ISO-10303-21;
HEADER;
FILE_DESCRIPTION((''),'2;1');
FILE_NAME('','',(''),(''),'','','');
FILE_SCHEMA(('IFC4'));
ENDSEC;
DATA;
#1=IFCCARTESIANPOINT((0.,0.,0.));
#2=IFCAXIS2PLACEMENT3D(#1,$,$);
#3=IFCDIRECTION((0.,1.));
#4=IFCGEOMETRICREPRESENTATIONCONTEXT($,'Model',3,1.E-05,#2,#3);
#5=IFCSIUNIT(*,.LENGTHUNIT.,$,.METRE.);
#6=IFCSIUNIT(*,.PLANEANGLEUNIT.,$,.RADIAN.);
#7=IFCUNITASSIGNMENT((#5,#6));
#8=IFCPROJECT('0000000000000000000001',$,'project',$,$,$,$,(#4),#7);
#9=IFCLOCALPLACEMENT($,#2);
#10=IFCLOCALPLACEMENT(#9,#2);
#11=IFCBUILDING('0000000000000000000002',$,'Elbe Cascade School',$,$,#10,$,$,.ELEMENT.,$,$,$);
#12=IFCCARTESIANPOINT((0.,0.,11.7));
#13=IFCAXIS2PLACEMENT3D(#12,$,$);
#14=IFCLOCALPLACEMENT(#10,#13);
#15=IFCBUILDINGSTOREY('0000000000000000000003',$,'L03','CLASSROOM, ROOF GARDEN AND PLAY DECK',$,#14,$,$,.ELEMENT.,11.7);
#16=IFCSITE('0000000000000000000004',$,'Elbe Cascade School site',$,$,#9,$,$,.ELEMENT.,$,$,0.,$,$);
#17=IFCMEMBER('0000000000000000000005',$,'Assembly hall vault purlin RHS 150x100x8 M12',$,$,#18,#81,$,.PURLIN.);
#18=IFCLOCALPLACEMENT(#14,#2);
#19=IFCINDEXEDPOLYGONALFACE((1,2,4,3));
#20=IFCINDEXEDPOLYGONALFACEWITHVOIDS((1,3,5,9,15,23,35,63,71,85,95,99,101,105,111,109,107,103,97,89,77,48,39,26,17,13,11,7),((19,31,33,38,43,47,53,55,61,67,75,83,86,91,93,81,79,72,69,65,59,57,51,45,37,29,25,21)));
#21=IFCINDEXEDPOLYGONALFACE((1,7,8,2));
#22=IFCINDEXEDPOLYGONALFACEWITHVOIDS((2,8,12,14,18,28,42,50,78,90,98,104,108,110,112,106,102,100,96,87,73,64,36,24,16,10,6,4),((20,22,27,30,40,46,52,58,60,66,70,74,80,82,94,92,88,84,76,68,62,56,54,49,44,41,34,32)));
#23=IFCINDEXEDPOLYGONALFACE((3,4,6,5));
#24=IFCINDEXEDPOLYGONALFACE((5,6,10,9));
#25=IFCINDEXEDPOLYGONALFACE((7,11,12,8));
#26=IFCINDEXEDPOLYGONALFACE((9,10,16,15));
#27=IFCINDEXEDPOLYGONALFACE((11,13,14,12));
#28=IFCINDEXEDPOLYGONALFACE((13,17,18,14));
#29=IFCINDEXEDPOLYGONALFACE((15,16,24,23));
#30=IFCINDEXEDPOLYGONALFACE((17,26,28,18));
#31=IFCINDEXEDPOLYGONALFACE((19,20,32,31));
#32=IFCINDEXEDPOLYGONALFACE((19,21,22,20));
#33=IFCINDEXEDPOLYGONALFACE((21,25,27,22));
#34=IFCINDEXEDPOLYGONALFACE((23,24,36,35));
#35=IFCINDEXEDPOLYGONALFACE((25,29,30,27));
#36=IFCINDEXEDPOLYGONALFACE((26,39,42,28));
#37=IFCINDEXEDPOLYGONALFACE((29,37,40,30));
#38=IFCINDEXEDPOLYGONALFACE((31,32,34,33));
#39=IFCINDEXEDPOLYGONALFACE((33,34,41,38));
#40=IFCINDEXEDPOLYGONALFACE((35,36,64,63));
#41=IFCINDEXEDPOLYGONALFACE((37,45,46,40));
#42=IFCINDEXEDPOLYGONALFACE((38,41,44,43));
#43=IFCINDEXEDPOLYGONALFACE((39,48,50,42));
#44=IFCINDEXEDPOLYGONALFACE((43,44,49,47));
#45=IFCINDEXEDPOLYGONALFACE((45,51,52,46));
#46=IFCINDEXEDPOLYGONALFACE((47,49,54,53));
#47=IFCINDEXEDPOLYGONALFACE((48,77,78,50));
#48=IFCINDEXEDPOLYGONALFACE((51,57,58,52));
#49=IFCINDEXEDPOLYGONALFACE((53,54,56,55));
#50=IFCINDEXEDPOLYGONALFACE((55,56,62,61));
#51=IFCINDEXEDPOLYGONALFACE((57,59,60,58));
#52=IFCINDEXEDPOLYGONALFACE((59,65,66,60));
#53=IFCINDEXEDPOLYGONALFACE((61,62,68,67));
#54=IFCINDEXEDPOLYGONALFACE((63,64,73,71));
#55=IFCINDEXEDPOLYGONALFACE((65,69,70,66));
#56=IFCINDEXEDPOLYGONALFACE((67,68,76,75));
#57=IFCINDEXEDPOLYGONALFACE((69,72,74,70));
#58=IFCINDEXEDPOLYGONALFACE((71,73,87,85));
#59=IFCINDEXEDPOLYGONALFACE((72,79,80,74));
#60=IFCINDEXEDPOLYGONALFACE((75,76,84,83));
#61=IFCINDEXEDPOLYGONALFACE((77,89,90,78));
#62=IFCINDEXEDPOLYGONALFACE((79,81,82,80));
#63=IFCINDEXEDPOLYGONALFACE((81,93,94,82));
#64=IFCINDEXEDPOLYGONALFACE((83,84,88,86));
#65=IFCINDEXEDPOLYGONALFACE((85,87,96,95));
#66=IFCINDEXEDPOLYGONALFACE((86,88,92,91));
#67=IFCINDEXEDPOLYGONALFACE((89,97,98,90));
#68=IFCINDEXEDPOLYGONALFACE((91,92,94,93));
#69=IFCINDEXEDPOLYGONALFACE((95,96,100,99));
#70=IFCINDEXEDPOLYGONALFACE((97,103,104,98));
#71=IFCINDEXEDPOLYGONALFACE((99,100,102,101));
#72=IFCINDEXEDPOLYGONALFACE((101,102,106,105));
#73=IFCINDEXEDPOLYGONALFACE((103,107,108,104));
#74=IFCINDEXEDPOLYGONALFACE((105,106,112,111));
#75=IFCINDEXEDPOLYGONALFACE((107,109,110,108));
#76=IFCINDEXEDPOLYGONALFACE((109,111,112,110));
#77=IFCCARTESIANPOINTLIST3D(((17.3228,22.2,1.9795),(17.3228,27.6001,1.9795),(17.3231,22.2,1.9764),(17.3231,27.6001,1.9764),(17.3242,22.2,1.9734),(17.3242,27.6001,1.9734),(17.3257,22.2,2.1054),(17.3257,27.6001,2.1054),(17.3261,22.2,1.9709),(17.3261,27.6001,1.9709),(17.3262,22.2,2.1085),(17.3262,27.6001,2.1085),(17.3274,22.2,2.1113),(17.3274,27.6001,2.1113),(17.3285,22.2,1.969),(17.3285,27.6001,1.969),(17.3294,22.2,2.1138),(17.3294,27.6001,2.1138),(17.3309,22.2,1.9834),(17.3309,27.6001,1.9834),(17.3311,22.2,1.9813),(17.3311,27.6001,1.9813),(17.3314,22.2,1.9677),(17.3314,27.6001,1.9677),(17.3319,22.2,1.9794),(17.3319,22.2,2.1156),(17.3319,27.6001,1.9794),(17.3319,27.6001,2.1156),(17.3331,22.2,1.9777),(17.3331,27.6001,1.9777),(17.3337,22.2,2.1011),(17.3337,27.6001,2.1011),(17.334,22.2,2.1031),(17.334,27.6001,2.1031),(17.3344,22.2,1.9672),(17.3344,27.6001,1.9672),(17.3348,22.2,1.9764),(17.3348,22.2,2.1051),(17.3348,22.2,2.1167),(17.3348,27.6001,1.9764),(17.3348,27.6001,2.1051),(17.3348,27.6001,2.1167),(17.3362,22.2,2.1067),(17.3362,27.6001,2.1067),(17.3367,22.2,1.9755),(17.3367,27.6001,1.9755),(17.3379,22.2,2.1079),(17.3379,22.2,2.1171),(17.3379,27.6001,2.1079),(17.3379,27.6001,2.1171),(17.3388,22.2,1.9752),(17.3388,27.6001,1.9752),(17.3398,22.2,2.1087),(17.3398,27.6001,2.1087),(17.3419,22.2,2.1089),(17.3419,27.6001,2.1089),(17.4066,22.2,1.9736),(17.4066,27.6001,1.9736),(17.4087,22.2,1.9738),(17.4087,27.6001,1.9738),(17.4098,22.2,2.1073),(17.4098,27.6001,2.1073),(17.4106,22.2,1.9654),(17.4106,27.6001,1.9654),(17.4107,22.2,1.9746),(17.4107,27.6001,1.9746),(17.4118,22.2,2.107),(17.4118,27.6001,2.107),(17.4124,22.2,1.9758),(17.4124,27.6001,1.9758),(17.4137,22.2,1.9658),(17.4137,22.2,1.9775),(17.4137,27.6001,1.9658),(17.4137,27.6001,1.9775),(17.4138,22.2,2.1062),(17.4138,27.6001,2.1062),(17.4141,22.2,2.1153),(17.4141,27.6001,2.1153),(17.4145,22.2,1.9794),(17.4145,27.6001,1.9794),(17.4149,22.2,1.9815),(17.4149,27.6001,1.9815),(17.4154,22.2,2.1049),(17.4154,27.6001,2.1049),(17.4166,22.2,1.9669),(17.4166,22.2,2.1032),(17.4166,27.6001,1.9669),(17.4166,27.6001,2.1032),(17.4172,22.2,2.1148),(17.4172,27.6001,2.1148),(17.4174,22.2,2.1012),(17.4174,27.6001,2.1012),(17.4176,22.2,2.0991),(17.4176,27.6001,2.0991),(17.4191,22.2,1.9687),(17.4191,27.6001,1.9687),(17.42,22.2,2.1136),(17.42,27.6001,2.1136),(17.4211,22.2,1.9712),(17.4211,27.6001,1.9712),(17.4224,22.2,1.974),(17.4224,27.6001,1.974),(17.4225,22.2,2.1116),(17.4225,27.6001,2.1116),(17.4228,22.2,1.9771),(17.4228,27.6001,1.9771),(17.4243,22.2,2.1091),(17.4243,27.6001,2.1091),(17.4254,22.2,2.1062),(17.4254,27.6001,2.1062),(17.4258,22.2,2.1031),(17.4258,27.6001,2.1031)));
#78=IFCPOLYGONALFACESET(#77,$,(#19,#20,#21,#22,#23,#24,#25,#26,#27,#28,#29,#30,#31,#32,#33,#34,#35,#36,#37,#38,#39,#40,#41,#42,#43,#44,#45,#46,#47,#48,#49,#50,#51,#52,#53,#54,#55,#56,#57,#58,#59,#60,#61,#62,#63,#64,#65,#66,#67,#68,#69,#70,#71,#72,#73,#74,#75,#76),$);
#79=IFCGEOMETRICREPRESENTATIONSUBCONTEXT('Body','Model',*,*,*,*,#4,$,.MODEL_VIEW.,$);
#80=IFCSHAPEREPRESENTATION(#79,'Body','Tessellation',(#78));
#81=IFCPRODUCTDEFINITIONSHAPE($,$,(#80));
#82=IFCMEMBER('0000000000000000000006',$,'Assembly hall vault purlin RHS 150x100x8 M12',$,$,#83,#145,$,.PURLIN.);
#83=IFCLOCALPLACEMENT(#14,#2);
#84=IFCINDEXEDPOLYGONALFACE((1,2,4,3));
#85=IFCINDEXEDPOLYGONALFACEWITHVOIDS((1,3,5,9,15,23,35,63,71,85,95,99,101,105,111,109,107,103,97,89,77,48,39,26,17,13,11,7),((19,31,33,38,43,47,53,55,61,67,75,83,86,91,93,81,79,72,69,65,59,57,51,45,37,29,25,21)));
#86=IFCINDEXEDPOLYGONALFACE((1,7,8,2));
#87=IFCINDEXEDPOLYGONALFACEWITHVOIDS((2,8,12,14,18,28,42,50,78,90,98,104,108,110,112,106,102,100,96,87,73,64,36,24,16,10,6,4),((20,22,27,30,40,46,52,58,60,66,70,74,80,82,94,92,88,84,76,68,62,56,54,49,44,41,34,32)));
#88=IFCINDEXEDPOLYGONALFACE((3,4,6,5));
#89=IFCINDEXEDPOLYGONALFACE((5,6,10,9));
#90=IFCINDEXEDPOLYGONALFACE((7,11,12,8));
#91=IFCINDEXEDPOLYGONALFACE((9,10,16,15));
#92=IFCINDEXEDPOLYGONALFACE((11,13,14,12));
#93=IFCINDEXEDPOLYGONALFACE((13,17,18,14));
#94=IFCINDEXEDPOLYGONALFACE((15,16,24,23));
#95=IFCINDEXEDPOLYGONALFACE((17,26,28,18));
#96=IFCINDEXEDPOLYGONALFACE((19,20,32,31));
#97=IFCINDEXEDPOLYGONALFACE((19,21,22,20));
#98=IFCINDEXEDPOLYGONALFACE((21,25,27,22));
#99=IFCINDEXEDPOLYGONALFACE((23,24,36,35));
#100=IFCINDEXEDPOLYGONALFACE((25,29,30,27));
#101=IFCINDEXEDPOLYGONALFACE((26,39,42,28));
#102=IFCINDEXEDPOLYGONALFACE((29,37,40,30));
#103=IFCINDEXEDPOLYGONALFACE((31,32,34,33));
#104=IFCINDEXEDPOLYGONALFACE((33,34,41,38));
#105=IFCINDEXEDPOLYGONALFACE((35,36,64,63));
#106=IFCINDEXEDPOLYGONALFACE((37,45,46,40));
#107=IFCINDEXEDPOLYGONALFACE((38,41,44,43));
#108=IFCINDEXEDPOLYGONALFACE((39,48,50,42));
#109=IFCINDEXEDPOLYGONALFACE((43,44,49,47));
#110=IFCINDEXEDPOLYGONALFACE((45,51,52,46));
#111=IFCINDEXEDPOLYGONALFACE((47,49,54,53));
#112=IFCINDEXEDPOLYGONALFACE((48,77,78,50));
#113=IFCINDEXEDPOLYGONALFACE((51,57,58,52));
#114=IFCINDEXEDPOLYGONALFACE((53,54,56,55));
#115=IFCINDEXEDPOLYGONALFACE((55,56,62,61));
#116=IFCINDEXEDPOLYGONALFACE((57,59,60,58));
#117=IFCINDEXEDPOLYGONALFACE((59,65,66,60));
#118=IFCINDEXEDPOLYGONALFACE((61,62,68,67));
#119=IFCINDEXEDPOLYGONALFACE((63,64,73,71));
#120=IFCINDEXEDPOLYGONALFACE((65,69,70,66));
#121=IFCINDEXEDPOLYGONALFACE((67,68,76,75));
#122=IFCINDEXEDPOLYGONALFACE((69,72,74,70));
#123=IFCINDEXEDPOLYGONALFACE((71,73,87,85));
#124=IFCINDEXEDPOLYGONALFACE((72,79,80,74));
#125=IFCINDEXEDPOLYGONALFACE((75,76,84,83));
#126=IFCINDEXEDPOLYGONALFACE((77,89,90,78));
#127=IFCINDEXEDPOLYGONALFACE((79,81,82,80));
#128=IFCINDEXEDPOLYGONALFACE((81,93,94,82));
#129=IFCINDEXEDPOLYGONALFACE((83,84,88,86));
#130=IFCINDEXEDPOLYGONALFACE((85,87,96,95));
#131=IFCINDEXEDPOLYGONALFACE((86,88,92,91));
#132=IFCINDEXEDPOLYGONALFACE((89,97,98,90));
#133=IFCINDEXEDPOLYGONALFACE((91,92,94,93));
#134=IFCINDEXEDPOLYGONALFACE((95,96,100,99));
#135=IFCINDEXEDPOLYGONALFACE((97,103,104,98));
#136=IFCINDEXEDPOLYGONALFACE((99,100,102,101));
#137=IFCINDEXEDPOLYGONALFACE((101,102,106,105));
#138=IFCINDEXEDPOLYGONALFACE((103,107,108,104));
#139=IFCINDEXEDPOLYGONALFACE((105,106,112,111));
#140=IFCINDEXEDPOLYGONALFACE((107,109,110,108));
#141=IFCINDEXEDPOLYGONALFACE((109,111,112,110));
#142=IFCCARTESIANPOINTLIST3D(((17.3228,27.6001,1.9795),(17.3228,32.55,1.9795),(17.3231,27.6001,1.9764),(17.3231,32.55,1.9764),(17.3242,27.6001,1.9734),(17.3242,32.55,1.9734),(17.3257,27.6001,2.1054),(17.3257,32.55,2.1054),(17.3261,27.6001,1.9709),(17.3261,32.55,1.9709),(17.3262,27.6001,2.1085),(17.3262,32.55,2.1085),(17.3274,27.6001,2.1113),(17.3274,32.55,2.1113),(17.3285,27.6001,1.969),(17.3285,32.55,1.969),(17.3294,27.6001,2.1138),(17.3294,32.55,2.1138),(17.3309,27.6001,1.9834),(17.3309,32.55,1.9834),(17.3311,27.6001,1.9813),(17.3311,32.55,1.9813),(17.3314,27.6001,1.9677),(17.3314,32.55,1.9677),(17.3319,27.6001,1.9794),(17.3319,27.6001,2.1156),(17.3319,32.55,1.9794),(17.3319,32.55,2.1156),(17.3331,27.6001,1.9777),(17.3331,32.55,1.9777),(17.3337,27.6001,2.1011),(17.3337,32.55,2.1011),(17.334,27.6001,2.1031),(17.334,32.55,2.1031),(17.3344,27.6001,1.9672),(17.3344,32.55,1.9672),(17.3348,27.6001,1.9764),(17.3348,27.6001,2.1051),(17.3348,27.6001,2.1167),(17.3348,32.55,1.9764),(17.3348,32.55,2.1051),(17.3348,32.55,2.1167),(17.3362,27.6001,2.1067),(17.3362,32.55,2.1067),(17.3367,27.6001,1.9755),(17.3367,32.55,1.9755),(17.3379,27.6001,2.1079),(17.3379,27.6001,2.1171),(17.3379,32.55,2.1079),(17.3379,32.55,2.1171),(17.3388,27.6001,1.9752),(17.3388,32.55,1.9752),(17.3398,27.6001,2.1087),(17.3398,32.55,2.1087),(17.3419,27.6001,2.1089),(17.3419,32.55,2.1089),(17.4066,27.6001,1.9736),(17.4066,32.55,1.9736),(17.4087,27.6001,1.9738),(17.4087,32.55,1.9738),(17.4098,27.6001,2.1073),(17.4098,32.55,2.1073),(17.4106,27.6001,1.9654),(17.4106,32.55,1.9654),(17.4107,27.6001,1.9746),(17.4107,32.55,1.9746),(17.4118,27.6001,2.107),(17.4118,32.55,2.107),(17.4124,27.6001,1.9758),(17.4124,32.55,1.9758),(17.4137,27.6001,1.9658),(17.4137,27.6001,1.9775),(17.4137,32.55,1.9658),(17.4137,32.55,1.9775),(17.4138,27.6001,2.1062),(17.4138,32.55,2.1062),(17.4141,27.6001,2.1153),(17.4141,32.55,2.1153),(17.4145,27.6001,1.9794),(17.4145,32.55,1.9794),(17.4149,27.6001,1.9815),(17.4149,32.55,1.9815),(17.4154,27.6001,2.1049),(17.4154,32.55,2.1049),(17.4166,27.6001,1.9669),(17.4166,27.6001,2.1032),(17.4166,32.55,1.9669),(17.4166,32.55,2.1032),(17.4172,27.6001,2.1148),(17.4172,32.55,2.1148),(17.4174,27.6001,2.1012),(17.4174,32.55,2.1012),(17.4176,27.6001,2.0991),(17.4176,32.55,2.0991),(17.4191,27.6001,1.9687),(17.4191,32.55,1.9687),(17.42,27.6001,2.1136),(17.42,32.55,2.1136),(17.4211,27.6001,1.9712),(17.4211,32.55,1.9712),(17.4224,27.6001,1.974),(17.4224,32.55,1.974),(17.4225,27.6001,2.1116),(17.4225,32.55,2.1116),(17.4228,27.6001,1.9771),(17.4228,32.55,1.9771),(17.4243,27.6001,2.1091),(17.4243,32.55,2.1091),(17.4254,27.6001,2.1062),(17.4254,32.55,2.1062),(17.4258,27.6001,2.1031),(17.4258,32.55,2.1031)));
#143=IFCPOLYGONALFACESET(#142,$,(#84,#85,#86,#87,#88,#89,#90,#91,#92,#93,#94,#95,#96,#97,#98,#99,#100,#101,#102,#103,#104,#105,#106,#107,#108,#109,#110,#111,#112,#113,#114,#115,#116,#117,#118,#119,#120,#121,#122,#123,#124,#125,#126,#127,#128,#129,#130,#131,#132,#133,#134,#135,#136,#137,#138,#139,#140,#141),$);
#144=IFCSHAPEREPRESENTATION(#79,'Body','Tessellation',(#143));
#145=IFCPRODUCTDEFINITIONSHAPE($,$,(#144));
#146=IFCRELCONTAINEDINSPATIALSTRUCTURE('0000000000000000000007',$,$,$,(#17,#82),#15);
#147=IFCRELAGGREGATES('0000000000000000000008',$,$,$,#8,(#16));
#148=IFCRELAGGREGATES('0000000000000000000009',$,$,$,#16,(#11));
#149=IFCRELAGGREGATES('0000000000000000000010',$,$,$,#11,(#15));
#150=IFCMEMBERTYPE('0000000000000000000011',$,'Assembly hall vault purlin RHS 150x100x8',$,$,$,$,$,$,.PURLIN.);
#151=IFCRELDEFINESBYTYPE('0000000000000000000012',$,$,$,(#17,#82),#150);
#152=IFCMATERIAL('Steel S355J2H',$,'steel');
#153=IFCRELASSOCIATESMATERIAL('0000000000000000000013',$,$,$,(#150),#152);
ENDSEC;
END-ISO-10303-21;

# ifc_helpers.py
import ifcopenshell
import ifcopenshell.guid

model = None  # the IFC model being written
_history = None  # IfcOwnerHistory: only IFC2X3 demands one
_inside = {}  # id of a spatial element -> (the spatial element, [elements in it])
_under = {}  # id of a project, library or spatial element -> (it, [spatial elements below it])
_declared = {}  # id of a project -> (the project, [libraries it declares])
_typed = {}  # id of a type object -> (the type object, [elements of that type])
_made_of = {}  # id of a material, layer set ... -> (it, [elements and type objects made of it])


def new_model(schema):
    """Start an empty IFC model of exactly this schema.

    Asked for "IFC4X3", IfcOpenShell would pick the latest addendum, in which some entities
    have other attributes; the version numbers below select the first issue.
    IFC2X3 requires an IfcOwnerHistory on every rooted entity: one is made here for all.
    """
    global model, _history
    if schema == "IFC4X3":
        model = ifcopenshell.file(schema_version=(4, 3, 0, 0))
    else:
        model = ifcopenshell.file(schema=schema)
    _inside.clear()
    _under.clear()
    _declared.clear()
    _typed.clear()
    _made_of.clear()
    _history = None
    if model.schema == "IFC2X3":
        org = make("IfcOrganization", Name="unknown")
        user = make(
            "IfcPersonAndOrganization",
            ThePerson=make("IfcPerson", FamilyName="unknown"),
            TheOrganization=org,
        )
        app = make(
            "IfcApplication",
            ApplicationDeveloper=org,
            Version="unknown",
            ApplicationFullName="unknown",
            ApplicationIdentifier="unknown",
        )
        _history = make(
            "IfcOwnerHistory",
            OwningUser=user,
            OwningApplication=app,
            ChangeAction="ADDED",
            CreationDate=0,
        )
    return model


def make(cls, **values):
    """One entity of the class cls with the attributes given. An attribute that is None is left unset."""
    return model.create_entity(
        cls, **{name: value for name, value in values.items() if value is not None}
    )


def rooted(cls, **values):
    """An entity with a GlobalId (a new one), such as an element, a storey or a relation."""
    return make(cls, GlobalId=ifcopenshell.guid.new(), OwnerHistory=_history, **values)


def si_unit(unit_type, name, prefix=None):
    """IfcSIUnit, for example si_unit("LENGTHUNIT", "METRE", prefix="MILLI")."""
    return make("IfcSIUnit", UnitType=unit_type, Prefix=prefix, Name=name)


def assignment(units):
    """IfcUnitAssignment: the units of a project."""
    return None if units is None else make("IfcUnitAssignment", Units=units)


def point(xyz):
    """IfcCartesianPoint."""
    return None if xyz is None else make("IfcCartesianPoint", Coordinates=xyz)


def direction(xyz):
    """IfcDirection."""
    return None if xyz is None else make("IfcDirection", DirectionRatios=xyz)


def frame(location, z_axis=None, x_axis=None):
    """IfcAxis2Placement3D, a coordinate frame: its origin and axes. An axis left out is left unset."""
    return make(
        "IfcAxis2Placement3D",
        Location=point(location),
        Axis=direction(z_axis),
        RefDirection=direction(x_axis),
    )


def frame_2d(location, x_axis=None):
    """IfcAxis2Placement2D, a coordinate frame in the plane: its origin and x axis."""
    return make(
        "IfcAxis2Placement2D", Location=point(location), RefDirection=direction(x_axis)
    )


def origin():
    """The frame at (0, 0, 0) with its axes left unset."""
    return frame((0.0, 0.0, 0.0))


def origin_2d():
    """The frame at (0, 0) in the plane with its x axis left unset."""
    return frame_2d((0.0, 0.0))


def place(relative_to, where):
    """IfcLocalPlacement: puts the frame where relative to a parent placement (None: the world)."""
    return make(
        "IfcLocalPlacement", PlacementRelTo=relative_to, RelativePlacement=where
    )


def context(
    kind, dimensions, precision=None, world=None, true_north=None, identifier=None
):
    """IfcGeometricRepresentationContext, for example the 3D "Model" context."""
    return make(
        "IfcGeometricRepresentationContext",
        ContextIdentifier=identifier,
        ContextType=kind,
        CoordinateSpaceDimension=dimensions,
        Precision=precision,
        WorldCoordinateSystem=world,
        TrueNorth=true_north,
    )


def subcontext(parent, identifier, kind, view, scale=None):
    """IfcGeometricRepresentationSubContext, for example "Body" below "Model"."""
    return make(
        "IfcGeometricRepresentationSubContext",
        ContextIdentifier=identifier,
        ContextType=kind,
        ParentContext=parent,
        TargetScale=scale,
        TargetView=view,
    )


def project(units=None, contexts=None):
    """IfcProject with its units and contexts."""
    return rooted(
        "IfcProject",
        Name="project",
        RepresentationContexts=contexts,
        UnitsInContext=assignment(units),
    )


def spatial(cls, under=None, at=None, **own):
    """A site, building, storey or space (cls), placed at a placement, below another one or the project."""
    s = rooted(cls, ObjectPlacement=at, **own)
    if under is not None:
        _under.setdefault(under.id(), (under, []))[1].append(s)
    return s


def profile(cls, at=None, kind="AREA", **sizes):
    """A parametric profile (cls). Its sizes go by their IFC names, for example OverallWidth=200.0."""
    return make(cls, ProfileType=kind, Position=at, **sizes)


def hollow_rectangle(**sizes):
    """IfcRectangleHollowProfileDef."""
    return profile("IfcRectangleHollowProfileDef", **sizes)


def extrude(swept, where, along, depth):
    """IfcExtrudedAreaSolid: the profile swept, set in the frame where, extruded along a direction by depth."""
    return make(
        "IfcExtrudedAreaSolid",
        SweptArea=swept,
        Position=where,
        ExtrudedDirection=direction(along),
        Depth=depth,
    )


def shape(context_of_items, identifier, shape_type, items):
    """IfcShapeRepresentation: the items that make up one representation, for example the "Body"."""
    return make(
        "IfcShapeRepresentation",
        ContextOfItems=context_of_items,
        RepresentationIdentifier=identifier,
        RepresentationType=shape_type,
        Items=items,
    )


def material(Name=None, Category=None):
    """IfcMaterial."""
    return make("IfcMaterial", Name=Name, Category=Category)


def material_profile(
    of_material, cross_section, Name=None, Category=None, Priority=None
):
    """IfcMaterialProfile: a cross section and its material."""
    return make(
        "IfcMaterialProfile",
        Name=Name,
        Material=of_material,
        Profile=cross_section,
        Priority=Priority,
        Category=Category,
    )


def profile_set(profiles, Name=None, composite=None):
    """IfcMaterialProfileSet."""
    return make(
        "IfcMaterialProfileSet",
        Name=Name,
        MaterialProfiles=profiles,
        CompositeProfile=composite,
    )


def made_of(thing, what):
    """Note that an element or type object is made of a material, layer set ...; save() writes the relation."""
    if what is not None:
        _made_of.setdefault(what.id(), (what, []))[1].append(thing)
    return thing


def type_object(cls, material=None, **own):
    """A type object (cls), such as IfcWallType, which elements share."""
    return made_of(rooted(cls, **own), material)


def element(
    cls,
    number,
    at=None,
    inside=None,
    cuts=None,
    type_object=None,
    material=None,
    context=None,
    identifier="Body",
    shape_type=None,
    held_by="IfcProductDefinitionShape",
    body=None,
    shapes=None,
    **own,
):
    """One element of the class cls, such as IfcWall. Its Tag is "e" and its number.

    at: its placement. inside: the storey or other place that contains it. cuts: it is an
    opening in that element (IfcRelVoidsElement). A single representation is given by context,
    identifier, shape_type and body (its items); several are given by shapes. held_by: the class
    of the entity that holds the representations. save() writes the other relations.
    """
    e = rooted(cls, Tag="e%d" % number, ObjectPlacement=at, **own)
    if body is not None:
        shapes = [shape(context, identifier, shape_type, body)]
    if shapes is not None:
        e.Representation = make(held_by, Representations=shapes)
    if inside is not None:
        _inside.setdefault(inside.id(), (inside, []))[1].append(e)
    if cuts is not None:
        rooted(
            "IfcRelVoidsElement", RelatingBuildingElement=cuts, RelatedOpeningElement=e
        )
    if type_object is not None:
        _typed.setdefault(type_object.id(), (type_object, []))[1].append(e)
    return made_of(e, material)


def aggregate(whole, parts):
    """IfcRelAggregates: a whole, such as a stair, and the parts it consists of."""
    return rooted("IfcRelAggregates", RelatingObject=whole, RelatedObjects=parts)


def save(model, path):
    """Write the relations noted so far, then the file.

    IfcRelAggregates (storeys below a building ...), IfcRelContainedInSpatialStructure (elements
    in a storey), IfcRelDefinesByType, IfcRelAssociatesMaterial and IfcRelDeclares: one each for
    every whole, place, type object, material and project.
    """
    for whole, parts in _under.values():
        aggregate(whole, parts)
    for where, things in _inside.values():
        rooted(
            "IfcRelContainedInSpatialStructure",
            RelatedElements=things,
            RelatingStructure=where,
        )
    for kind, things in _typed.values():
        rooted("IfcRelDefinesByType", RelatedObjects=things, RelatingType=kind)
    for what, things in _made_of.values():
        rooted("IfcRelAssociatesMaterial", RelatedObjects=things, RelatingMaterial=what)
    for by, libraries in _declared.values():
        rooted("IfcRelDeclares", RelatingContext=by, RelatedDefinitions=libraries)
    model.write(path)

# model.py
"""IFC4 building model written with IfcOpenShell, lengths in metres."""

from ifc_helpers import new_model, si_unit, direction, frame, origin, origin_2d, place, context, subcontext, project, spatial, hollow_rectangle, extrude, material, material_profile, profile_set, type_object, element, save


model = new_model("IFC4")

# Units and contexts
model_context = context("Model", 3, precision=1e-05, world=origin(), true_north=direction((0.0, 1.0)))
body_context = subcontext(model_context, "Body", "Model", "MODEL_VIEW")
ifc_project = project(units=[si_unit("LENGTHUNIT", "METRE"), si_unit("PLANEANGLEUNIT", "RADIAN")], contexts=[model_context])

# Site, building, storey
site_placement = place(None, origin())
site = spatial("IfcSite", under=ifc_project, at=site_placement, Name="Elbe Cascade School site", CompositionType="ELEMENT", RefElevation=0.0)
building_placement = place(site_placement, origin())
building = spatial("IfcBuilding", under=site, at=building_placement, Name="Elbe Cascade School", CompositionType="ELEMENT")
storey_placement = place(building_placement, frame((0.0, 0.0, 11.7)))
storey = spatial("IfcBuildingStorey", under=building, at=storey_placement, Name="L03", Description="CLASSROOM, ROOF GARDEN AND PLAY DECK", CompositionType="ELEMENT", Elevation=11.7)

# Members
ifc_material_1 = material(Name="Steel S355J2H", Category="steel")
ifc_material_profile_1 = material_profile(ifc_material_1, hollow_rectangle(XDim=0.1001, YDim=0.1499, WallThickness=0.0081, InnerFilletRadius=0.0081, OuterFilletRadius=0.012, at=origin_2d()), Name="RHS 150x100x8")
ifc_profile_set_1 = profile_set([ifc_material_profile_1], Name="Steel S355J2H")
member_type_1 = type_object("IfcMemberType", Name="Assembly hall vault purlin RHS 150x100x8", PredefinedType="PURLIN", material=ifc_profile_set_1)
member_1_placement = place(storey_placement, frame((17.3743, 22.2, 2.0413), z_axis=(0.0, 1.0, 0.0), x_axis=(-0.999727, 0.0, 0.023378)))
element("IfcMember", 1, at=member_1_placement, inside=storey, type_object=member_type_1, Name="Assembly hall vault purlin RHS 150x100x8 M12", PredefinedType="PURLIN", context=body_context, shape_type="SweptSolid", body=[
    extrude(hollow_rectangle(XDim=0.1001, YDim=0.1499, WallThickness=0.0081, InnerFilletRadius=0.0081, OuterFilletRadius=0.012, at=origin_2d()), origin(), (0.0, 0.0, 1.0), 5.4001),
])
member_2_placement = place(storey_placement, frame((17.3743, 27.6001, 2.0413), z_axis=(0.0, 1.0, 0.0), x_axis=(-0.999727, 0.0, 0.023378)))
element("IfcMember", 2, at=member_2_placement, inside=storey, type_object=member_type_1, Name="Assembly hall vault purlin RHS 150x100x8 M12", PredefinedType="PURLIN", context=body_context, shape_type="SweptSolid", body=[
    extrude(hollow_rectangle(XDim=0.1001, YDim=0.1499, WallThickness=0.0081, InnerFilletRadius=0.0081, OuterFilletRadius=0.012, at=origin_2d()), origin(), (0.0, 0.0, 1.0), 4.95),
])

save(model, "model.ifc")
